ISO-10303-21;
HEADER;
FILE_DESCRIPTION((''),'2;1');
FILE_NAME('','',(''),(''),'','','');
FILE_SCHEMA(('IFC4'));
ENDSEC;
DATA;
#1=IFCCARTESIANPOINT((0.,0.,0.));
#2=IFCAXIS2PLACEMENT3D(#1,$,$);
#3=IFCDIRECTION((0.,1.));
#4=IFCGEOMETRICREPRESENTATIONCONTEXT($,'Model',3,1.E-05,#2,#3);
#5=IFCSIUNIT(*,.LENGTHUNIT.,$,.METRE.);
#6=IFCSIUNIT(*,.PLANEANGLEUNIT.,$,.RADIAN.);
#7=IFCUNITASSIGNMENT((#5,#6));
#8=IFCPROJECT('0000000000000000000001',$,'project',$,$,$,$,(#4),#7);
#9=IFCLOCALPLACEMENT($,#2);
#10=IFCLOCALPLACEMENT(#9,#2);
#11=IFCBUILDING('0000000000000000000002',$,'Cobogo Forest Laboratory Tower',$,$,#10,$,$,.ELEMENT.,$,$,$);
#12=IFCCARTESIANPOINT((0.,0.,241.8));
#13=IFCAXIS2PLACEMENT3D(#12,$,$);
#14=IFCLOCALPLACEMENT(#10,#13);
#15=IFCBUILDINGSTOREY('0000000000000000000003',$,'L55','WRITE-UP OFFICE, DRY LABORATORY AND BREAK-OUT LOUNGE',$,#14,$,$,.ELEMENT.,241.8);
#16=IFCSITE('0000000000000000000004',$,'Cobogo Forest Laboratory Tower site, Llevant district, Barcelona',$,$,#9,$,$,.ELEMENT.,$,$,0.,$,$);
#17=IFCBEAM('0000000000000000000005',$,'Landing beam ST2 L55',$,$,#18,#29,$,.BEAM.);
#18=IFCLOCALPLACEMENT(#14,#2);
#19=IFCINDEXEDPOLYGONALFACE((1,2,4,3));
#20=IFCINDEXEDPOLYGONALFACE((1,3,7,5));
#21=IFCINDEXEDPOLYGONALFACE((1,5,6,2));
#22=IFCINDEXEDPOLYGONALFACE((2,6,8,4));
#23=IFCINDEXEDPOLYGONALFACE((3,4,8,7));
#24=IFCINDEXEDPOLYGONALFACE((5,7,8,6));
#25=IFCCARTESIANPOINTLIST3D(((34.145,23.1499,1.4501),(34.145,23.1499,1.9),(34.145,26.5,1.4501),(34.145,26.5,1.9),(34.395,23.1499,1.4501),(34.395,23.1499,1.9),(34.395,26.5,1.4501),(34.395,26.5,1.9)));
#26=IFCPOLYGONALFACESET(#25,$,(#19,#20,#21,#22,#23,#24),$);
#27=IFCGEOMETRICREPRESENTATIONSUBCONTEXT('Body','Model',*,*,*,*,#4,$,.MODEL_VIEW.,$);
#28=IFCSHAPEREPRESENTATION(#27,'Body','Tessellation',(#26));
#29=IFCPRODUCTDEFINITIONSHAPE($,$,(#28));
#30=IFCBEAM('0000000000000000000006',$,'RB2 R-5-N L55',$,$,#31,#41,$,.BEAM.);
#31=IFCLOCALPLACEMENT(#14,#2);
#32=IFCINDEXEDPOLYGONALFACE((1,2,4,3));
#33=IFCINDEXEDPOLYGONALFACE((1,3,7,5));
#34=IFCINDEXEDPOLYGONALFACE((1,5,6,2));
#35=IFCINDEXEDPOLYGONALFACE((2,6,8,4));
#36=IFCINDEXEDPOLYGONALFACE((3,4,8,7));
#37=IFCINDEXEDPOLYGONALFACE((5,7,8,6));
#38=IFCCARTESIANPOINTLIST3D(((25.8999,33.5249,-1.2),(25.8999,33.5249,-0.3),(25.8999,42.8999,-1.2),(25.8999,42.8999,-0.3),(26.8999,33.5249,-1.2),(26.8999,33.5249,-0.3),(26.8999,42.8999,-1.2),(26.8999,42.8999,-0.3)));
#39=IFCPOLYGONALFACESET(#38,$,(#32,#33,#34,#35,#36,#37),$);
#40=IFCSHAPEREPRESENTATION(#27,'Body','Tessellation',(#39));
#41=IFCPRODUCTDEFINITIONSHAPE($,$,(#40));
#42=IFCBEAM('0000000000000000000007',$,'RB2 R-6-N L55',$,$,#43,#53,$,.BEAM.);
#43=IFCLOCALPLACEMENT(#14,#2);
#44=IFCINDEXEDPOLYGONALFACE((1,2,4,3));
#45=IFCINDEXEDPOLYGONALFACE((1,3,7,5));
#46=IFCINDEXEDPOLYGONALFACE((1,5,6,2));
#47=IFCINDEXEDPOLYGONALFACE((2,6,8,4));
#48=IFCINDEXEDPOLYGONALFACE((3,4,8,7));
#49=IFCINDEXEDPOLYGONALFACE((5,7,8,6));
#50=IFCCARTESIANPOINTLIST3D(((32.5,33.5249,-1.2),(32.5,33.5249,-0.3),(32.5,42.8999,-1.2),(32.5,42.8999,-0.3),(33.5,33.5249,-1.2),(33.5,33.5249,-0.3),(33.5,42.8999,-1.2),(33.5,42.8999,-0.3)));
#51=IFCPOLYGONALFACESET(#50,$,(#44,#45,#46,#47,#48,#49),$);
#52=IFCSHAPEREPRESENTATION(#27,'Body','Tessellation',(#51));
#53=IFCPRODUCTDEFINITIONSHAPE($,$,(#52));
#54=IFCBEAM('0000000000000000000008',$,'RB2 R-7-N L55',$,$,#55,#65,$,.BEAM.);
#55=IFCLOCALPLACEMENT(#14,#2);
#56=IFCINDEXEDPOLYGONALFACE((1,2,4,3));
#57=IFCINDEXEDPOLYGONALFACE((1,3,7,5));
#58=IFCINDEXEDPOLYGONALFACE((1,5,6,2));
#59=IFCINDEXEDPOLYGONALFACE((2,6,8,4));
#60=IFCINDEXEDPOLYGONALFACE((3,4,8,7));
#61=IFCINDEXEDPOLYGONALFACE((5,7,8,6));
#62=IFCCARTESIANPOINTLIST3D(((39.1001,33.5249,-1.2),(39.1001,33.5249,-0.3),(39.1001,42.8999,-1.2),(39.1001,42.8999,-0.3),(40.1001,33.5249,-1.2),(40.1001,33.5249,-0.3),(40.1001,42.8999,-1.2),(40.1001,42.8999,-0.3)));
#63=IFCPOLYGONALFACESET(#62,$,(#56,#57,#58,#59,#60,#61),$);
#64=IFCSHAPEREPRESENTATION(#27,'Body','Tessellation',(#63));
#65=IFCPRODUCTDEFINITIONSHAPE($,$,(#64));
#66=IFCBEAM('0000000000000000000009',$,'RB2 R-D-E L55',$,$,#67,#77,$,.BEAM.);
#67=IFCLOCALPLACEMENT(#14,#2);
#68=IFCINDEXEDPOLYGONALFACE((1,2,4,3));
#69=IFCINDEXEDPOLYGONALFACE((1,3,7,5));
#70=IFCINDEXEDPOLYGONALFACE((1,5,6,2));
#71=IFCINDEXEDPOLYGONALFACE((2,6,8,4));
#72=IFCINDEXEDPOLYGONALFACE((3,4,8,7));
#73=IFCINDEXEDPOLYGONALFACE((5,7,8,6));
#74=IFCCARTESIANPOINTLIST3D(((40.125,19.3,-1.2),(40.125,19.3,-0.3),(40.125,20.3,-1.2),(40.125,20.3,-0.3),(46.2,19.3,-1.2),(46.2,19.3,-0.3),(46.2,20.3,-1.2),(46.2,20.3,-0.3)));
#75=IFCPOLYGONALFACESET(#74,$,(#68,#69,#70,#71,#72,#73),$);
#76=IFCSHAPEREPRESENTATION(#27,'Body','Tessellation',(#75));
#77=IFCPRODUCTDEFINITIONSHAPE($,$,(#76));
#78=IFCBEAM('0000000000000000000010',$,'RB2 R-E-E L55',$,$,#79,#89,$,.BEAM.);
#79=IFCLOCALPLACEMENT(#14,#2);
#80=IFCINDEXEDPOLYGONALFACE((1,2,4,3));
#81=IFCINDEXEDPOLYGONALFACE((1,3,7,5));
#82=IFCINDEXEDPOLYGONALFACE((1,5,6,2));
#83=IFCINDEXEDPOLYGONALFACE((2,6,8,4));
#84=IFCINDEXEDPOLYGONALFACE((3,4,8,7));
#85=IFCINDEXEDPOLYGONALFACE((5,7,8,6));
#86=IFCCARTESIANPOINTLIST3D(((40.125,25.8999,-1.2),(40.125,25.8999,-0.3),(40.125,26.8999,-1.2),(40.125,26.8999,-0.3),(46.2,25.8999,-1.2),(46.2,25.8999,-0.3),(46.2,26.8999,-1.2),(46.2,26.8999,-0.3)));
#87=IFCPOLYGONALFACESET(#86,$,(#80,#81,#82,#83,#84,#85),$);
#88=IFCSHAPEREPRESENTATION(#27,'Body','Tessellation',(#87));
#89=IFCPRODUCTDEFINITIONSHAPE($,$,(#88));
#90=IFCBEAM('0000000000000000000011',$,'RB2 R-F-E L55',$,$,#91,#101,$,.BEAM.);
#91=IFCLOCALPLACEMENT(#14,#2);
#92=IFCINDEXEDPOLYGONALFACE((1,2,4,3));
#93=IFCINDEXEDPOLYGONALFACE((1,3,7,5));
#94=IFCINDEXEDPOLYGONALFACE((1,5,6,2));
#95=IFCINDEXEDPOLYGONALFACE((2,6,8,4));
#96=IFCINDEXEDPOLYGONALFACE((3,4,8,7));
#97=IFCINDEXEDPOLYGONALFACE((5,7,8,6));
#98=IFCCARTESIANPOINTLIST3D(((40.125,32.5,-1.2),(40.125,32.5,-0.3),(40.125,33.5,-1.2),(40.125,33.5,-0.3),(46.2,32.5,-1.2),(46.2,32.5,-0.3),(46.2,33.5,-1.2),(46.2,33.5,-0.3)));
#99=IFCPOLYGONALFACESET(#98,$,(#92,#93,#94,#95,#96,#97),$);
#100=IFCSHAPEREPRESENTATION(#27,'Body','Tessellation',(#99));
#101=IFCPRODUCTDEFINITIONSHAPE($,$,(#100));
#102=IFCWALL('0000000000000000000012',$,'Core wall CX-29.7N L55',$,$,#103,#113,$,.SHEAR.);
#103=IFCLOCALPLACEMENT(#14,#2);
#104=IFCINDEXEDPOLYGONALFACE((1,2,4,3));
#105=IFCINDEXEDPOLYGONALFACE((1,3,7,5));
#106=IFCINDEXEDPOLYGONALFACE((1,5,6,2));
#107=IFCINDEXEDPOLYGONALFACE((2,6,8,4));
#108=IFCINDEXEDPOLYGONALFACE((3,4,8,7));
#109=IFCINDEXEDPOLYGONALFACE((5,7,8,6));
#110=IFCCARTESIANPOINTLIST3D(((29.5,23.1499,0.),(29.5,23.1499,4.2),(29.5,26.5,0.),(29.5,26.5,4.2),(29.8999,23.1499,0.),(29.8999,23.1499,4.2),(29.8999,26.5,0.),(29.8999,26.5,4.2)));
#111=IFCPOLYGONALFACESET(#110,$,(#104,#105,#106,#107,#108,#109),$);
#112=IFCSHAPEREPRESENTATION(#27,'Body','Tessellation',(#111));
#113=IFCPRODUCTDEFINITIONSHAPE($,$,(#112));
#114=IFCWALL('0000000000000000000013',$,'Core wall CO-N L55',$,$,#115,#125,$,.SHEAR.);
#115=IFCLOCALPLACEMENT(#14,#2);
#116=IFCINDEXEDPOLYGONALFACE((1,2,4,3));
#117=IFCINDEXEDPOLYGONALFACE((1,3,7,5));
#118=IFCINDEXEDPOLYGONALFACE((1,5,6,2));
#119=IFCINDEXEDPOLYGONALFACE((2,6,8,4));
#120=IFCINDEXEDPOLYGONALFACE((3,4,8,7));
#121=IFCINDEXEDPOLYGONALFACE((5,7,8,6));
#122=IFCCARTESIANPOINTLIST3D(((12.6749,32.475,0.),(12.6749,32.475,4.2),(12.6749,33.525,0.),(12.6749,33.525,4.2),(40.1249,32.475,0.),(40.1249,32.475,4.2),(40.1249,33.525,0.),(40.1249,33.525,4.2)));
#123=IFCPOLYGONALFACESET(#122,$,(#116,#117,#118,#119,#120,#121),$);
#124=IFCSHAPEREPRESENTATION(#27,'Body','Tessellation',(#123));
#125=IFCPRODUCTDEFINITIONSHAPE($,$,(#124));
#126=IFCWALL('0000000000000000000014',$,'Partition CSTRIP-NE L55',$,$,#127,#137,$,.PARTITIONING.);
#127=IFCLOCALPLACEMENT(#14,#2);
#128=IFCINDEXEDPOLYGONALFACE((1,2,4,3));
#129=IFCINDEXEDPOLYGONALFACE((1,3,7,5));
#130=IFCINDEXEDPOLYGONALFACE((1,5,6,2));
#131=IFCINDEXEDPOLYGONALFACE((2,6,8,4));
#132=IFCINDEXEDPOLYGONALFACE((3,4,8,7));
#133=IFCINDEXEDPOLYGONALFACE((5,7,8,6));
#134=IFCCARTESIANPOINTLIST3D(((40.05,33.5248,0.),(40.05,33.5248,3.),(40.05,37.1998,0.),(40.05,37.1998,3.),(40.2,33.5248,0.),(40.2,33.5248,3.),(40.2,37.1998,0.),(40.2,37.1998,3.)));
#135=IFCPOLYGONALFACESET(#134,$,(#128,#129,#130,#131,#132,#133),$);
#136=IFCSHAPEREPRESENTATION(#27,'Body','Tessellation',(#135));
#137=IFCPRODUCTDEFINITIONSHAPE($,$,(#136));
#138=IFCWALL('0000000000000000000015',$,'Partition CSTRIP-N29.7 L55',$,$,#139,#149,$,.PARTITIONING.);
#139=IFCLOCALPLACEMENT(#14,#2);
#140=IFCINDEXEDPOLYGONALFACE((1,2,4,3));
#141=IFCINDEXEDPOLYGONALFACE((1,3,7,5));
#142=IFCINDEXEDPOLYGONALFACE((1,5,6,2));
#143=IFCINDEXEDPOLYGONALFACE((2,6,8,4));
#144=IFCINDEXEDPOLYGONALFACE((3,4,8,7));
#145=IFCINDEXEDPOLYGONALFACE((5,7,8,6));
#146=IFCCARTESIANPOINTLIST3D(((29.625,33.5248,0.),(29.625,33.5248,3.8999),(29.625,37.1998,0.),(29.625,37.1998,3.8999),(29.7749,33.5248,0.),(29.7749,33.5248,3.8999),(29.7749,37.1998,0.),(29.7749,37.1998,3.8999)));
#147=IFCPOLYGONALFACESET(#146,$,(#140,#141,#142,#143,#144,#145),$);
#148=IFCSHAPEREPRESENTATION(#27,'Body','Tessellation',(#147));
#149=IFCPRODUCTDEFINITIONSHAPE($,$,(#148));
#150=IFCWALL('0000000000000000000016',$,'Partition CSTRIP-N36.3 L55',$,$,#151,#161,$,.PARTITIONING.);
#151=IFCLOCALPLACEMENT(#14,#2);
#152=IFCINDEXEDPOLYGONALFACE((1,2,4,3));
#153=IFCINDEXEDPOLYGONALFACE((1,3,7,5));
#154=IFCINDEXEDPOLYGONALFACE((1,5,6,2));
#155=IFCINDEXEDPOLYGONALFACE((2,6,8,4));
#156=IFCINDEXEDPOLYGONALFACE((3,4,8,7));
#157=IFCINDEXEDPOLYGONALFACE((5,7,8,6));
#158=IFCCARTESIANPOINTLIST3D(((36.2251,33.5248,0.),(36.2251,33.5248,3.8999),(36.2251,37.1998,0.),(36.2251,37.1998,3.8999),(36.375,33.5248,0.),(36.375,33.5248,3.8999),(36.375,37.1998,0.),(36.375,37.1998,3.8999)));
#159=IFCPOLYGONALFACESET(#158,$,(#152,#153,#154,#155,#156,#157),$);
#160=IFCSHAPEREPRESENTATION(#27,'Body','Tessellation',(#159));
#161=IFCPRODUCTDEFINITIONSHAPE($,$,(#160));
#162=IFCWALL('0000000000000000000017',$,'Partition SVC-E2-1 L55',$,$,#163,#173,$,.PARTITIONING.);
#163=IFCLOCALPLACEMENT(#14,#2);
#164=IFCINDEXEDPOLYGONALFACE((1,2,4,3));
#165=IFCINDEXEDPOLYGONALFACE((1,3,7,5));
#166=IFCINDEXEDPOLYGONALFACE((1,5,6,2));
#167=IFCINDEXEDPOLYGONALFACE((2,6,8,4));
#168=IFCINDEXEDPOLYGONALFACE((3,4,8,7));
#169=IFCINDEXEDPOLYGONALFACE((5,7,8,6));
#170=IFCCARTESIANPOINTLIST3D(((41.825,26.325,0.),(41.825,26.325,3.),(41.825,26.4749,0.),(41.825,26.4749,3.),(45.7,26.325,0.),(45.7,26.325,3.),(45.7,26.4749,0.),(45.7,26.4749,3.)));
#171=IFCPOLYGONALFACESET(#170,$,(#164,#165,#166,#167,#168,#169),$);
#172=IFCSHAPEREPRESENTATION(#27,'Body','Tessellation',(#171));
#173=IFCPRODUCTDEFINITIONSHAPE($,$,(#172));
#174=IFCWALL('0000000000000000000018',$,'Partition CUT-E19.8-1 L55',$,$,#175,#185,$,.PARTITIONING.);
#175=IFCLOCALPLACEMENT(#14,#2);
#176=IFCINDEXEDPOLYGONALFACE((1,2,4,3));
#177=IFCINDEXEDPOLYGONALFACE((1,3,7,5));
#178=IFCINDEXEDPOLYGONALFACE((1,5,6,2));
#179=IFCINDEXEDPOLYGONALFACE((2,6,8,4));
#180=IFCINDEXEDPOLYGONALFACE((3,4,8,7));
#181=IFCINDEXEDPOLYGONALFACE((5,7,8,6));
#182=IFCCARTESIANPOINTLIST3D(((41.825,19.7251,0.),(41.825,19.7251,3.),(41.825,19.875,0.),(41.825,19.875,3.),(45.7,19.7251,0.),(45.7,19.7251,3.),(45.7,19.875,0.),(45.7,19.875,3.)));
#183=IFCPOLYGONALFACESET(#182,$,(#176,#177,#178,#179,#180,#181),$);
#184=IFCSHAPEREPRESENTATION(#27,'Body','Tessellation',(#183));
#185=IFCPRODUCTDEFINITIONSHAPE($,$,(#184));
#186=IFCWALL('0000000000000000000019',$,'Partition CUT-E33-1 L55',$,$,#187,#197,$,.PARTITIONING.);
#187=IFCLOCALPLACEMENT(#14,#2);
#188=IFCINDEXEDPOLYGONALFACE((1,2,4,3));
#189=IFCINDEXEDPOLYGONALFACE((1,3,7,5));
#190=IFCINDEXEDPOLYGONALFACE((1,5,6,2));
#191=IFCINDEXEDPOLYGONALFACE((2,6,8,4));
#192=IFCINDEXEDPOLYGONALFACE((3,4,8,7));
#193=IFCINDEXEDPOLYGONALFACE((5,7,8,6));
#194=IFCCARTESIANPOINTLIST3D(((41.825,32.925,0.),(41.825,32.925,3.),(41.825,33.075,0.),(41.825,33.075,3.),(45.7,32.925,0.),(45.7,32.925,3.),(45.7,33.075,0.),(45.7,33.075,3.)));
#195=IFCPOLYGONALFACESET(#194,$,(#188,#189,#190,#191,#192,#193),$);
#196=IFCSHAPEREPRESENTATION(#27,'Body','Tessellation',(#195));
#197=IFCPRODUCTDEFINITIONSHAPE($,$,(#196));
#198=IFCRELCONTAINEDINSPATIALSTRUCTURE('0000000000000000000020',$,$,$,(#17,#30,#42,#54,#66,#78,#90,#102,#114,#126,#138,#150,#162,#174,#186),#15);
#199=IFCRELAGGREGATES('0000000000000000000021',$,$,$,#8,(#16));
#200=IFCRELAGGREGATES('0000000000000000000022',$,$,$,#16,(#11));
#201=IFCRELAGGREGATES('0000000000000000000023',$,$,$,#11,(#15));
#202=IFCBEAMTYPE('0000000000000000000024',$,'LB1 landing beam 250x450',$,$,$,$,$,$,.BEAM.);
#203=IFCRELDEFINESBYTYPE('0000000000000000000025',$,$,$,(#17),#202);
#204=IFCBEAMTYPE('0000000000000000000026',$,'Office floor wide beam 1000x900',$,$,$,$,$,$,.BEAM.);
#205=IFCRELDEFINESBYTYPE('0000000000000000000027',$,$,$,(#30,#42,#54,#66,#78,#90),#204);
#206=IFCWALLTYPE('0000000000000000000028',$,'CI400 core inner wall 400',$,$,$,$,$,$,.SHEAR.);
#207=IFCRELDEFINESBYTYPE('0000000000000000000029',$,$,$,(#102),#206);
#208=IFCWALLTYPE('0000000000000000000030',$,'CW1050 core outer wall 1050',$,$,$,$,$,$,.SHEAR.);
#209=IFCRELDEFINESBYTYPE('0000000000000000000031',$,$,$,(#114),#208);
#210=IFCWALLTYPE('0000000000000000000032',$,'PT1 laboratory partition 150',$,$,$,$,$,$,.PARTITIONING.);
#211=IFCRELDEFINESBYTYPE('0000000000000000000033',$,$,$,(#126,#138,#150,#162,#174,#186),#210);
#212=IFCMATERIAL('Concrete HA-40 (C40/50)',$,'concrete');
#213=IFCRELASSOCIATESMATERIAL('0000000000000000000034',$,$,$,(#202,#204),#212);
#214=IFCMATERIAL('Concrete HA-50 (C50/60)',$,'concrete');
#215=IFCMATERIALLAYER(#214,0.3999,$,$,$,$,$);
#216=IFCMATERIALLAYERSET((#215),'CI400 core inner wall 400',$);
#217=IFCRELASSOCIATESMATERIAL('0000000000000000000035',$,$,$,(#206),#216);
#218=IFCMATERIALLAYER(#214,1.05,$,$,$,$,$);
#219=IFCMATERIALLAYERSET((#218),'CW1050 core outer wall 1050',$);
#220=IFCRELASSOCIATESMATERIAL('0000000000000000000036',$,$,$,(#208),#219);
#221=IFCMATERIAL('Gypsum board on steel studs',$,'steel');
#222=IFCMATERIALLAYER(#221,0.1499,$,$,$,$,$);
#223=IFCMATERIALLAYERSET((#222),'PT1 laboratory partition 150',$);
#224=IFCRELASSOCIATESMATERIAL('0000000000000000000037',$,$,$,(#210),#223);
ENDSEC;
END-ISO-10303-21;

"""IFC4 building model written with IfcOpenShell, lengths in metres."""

from ifc_helpers import new_model, si_unit, direction, frame, frame_2d, origin, origin_2d, place, context, subcontext, project, spatial, rectangle, extrude, material, layer, layer_set, material_profile, profile_set, type_object, element, save


model = new_model("IFC4")

# Units and contexts
model_context = context("Model", 3, precision=1e-05, world=origin(), true_north=direction((0.0, 1.0)))
body_context = subcontext(model_context, "Body", "Model", "MODEL_VIEW")
ifc_project = project(units=[si_unit("LENGTHUNIT", "METRE"), si_unit("PLANEANGLEUNIT", "RADIAN")], contexts=[model_context])

# Site, building, storey
site_placement = place(None, origin())
site = spatial("IfcSite", under=ifc_project, at=site_placement, Name="Cobogo Forest Laboratory Tower site, Llevant district, Barcelona", CompositionType="ELEMENT", RefElevation=0.0)
building_placement = place(site_placement, origin())
building = spatial("IfcBuilding", under=site, at=building_placement, Name="Cobogo Forest Laboratory Tower", CompositionType="ELEMENT")
storey_placement = place(building_placement, frame((0.0, 0.0, 241.8)))
storey = spatial("IfcBuildingStorey", under=building, at=storey_placement, Name="L55", Description="WRITE-UP OFFICE, DRY LABORATORY AND BREAK-OUT LOUNGE", CompositionType="ELEMENT", Elevation=241.8)

# Beams
ifc_material_1 = material(Name="Concrete HA-40 (C40/50)", Category="concrete")
ifc_material_profile_1 = material_profile(ifc_material_1, rectangle(XDim=0.25, YDim=0.45, at=origin_2d()), Name="RC 250x450")
ifc_profile_set_1 = profile_set([ifc_material_profile_1], Name="Concrete HA-40 (C40/50)")
beam_type_1 = type_object("IfcBeamType", Name="LB1 landing beam 250x450", PredefinedType="BEAM", material=ifc_profile_set_1)
beam_placement = place(storey_placement, frame((34.27, 23.1499, 1.675), z_axis=(0.0, 1.0, 0.0), x_axis=(-1.0, 0.0, 0.0)))
element("IfcBeam", 1, at=beam_placement, inside=storey, type_object=beam_type_1, Name="Landing beam ST2 L55", PredefinedType="BEAM", context=body_context, shape_type="SweptSolid", body=[
    extrude(rectangle(XDim=0.25, YDim=0.45, at=origin_2d()), origin(), (0.0, 0.0, 1.0), 3.3501),
])
ifc_material_profile_2 = material_profile(ifc_material_1, rectangle(XDim=1.0, YDim=0.8999, at=origin_2d()), Name="RC 1000x900")
ifc_profile_set_2 = profile_set([ifc_material_profile_2], Name="Concrete HA-40 (C40/50)")
beam_type_2 = type_object("IfcBeamType", Name="Office floor wide beam 1000x900", PredefinedType="BEAM", material=ifc_profile_set_2)
for number, where, z_axis, x_axis, name in (
    (2, (26.3999, 33.5249, -0.75), (0.0, 1.0, 0.0), (-1.0, 0.0, 0.0), "RB2 R-5-N L55"),
    (3, (33.0, 33.5249, -0.75), (0.0, 1.0, 0.0), (-1.0, 0.0, 0.0), "RB2 R-6-N L55"),
    (4, (39.6001, 33.5249, -0.75), (0.0, 1.0, 0.0), (-1.0, 0.0, 0.0), "RB2 R-7-N L55"),
):
    element("IfcBeam", number, at=place(storey_placement, frame(where, z_axis=z_axis, x_axis=x_axis)), inside=storey, type_object=beam_type_2, Name=name, PredefinedType="BEAM", context=body_context, shape_type="SweptSolid", body=[
        extrude(rectangle(XDim=1.0, YDim=0.8999, at=origin_2d()), origin(), (0.0, 0.0, 1.0), 9.375),
    ])
for number, where, z_axis, x_axis, name in (
    (5, (40.125, 19.8, -0.75), (1.0, 0.0, 0.0), (0.0, 1.0, 0.0), "RB2 R-D-E L55"),
    (6, (40.125, 26.3999, -0.75), (1.0, 0.0, 0.0), (0.0, 1.0, 0.0), "RB2 R-E-E L55"),
    (7, (40.125, 33.0, -0.75), (1.0, 0.0, 0.0), (0.0, 1.0, 0.0), "RB2 R-F-E L55"),
):
    element("IfcBeam", number, at=place(storey_placement, frame(where, z_axis=z_axis, x_axis=x_axis)), inside=storey, type_object=beam_type_2, Name=name, PredefinedType="BEAM", context=body_context, shape_type="SweptSolid", body=[
        extrude(rectangle(XDim=1.0, YDim=0.8999, at=origin_2d()), origin(), (0.0, 0.0, 1.0), 6.075),
    ])

# Walls
ifc_material_2 = material(Name="Concrete HA-50 (C50/60)", Category="concrete")
ifc_layer_1 = layer(ifc_material_2, 0.3999)
ifc_layer_set_1 = layer_set([ifc_layer_1], Name="CI400 core inner wall 400")
wall_type_1 = type_object("IfcWallType", Name="CI400 core inner wall 400", PredefinedType="SHEAR", material=ifc_layer_set_1)
wall_1_placement = place(storey_placement, frame((29.7, 23.1499, 0.0), z_axis=(0.0, 0.0, 1.0), x_axis=(0.0, 1.0, 0.0)))
element("IfcWall", 8, at=wall_1_placement, inside=storey, type_object=wall_type_1, Name="Core wall CX-29.7N L55", PredefinedType="SHEAR", context=body_context, shape_type="SweptSolid", body=[
    extrude(rectangle(XDim=3.3501, YDim=0.3999, at=frame_2d((1.675, 0.0))), origin(), (0.0, 0.0, 1.0), 4.2),
])
ifc_layer_2 = layer(ifc_material_2, 1.05)
ifc_layer_set_2 = layer_set([ifc_layer_2], Name="CW1050 core outer wall 1050")
wall_type_2 = type_object("IfcWallType", Name="CW1050 core outer wall 1050", PredefinedType="SHEAR", material=ifc_layer_set_2)
wall_2_placement = place(storey_placement, frame((40.125, 33.0, 0.0), z_axis=(0.0, 0.0, 1.0), x_axis=(-1.0, 0.0, 0.0)))
element("IfcWall", 9, at=wall_2_placement, inside=storey, type_object=wall_type_2, Name="Core wall CO-N L55", PredefinedType="SHEAR", context=body_context, shape_type="SweptSolid", body=[
    extrude(rectangle(XDim=27.45, YDim=1.05, at=frame_2d((13.7251, 0.0))), origin(), (0.0, 0.0, 1.0), 4.2),
])
ifc_material_3 = material(Name="Gypsum board on steel studs", Category="steel")
ifc_layer_3 = layer(ifc_material_3, 0.1499)
ifc_layer_set_3 = layer_set([ifc_layer_3], Name="PT1 laboratory partition 150")
wall_type_3 = type_object("IfcWallType", Name="PT1 laboratory partition 150", PredefinedType="PARTITIONING", material=ifc_layer_set_3)
wall_3_placement = place(storey_placement, frame((40.125, 33.5249, 0.0), z_axis=(0.0, 0.0, 1.0), x_axis=(0.0, 1.0, 0.0)))
element("IfcWall", 10, at=wall_3_placement, inside=storey, type_object=wall_type_3, Name="Partition CSTRIP-NE L55", PredefinedType="PARTITIONING", context=body_context, shape_type="SweptSolid", body=[
    extrude(rectangle(XDim=3.675, YDim=0.1499, at=frame_2d((1.8374, 0.0))), origin(), (0.0, 0.0, 1.0), 3.0),
])
for number, where, z_axis, x_axis, name in (
    (11, (29.7, 33.5249, 0.0), (0.0, 0.0, 1.0), (0.0, 1.0, 0.0), "Partition CSTRIP-N29.7 L55"),
    (12, (36.3, 33.5249, 0.0), (0.0, 0.0, 1.0), (0.0, 1.0, 0.0), "Partition CSTRIP-N36.3 L55"),
):
    element("IfcWall", number, at=place(storey_placement, frame(where, z_axis=z_axis, x_axis=x_axis)), inside=storey, type_object=wall_type_3, Name=name, PredefinedType="PARTITIONING", context=body_context, shape_type="SweptSolid", body=[
        extrude(rectangle(XDim=3.675, YDim=0.1499, at=frame_2d((1.8374, 0.0))), origin(), (0.0, 0.0, 1.0), 3.8999),
    ])
for number, where, z_axis, x_axis, name in (
    (13, (45.7, 26.3999, 0.0), (0.0, 0.0, 1.0), (-1.0, 0.0, 0.0), "Partition SVC-E2-1 L55"),
    (14, (45.7, 19.8, 0.0), (0.0, 0.0, 1.0), (-1.0, 0.0, 0.0), "Partition CUT-E19.8-1 L55"),
    (15, (45.7, 33.0, 0.0), (0.0, 0.0, 1.0), (-1.0, 0.0, 0.0), "Partition CUT-E33-1 L55"),
):
    element("IfcWall", number, at=place(storey_placement, frame(where, z_axis=z_axis, x_axis=x_axis)), inside=storey, type_object=wall_type_3, Name=name, PredefinedType="PARTITIONING", context=body_context, shape_type="SweptSolid", body=[
        extrude(rectangle(XDim=3.875, YDim=0.1499, at=frame_2d((1.9375, 0.0))), origin(), (0.0, 0.0, 1.0), 3.0),
    ])

save(model, "model.ifc")
